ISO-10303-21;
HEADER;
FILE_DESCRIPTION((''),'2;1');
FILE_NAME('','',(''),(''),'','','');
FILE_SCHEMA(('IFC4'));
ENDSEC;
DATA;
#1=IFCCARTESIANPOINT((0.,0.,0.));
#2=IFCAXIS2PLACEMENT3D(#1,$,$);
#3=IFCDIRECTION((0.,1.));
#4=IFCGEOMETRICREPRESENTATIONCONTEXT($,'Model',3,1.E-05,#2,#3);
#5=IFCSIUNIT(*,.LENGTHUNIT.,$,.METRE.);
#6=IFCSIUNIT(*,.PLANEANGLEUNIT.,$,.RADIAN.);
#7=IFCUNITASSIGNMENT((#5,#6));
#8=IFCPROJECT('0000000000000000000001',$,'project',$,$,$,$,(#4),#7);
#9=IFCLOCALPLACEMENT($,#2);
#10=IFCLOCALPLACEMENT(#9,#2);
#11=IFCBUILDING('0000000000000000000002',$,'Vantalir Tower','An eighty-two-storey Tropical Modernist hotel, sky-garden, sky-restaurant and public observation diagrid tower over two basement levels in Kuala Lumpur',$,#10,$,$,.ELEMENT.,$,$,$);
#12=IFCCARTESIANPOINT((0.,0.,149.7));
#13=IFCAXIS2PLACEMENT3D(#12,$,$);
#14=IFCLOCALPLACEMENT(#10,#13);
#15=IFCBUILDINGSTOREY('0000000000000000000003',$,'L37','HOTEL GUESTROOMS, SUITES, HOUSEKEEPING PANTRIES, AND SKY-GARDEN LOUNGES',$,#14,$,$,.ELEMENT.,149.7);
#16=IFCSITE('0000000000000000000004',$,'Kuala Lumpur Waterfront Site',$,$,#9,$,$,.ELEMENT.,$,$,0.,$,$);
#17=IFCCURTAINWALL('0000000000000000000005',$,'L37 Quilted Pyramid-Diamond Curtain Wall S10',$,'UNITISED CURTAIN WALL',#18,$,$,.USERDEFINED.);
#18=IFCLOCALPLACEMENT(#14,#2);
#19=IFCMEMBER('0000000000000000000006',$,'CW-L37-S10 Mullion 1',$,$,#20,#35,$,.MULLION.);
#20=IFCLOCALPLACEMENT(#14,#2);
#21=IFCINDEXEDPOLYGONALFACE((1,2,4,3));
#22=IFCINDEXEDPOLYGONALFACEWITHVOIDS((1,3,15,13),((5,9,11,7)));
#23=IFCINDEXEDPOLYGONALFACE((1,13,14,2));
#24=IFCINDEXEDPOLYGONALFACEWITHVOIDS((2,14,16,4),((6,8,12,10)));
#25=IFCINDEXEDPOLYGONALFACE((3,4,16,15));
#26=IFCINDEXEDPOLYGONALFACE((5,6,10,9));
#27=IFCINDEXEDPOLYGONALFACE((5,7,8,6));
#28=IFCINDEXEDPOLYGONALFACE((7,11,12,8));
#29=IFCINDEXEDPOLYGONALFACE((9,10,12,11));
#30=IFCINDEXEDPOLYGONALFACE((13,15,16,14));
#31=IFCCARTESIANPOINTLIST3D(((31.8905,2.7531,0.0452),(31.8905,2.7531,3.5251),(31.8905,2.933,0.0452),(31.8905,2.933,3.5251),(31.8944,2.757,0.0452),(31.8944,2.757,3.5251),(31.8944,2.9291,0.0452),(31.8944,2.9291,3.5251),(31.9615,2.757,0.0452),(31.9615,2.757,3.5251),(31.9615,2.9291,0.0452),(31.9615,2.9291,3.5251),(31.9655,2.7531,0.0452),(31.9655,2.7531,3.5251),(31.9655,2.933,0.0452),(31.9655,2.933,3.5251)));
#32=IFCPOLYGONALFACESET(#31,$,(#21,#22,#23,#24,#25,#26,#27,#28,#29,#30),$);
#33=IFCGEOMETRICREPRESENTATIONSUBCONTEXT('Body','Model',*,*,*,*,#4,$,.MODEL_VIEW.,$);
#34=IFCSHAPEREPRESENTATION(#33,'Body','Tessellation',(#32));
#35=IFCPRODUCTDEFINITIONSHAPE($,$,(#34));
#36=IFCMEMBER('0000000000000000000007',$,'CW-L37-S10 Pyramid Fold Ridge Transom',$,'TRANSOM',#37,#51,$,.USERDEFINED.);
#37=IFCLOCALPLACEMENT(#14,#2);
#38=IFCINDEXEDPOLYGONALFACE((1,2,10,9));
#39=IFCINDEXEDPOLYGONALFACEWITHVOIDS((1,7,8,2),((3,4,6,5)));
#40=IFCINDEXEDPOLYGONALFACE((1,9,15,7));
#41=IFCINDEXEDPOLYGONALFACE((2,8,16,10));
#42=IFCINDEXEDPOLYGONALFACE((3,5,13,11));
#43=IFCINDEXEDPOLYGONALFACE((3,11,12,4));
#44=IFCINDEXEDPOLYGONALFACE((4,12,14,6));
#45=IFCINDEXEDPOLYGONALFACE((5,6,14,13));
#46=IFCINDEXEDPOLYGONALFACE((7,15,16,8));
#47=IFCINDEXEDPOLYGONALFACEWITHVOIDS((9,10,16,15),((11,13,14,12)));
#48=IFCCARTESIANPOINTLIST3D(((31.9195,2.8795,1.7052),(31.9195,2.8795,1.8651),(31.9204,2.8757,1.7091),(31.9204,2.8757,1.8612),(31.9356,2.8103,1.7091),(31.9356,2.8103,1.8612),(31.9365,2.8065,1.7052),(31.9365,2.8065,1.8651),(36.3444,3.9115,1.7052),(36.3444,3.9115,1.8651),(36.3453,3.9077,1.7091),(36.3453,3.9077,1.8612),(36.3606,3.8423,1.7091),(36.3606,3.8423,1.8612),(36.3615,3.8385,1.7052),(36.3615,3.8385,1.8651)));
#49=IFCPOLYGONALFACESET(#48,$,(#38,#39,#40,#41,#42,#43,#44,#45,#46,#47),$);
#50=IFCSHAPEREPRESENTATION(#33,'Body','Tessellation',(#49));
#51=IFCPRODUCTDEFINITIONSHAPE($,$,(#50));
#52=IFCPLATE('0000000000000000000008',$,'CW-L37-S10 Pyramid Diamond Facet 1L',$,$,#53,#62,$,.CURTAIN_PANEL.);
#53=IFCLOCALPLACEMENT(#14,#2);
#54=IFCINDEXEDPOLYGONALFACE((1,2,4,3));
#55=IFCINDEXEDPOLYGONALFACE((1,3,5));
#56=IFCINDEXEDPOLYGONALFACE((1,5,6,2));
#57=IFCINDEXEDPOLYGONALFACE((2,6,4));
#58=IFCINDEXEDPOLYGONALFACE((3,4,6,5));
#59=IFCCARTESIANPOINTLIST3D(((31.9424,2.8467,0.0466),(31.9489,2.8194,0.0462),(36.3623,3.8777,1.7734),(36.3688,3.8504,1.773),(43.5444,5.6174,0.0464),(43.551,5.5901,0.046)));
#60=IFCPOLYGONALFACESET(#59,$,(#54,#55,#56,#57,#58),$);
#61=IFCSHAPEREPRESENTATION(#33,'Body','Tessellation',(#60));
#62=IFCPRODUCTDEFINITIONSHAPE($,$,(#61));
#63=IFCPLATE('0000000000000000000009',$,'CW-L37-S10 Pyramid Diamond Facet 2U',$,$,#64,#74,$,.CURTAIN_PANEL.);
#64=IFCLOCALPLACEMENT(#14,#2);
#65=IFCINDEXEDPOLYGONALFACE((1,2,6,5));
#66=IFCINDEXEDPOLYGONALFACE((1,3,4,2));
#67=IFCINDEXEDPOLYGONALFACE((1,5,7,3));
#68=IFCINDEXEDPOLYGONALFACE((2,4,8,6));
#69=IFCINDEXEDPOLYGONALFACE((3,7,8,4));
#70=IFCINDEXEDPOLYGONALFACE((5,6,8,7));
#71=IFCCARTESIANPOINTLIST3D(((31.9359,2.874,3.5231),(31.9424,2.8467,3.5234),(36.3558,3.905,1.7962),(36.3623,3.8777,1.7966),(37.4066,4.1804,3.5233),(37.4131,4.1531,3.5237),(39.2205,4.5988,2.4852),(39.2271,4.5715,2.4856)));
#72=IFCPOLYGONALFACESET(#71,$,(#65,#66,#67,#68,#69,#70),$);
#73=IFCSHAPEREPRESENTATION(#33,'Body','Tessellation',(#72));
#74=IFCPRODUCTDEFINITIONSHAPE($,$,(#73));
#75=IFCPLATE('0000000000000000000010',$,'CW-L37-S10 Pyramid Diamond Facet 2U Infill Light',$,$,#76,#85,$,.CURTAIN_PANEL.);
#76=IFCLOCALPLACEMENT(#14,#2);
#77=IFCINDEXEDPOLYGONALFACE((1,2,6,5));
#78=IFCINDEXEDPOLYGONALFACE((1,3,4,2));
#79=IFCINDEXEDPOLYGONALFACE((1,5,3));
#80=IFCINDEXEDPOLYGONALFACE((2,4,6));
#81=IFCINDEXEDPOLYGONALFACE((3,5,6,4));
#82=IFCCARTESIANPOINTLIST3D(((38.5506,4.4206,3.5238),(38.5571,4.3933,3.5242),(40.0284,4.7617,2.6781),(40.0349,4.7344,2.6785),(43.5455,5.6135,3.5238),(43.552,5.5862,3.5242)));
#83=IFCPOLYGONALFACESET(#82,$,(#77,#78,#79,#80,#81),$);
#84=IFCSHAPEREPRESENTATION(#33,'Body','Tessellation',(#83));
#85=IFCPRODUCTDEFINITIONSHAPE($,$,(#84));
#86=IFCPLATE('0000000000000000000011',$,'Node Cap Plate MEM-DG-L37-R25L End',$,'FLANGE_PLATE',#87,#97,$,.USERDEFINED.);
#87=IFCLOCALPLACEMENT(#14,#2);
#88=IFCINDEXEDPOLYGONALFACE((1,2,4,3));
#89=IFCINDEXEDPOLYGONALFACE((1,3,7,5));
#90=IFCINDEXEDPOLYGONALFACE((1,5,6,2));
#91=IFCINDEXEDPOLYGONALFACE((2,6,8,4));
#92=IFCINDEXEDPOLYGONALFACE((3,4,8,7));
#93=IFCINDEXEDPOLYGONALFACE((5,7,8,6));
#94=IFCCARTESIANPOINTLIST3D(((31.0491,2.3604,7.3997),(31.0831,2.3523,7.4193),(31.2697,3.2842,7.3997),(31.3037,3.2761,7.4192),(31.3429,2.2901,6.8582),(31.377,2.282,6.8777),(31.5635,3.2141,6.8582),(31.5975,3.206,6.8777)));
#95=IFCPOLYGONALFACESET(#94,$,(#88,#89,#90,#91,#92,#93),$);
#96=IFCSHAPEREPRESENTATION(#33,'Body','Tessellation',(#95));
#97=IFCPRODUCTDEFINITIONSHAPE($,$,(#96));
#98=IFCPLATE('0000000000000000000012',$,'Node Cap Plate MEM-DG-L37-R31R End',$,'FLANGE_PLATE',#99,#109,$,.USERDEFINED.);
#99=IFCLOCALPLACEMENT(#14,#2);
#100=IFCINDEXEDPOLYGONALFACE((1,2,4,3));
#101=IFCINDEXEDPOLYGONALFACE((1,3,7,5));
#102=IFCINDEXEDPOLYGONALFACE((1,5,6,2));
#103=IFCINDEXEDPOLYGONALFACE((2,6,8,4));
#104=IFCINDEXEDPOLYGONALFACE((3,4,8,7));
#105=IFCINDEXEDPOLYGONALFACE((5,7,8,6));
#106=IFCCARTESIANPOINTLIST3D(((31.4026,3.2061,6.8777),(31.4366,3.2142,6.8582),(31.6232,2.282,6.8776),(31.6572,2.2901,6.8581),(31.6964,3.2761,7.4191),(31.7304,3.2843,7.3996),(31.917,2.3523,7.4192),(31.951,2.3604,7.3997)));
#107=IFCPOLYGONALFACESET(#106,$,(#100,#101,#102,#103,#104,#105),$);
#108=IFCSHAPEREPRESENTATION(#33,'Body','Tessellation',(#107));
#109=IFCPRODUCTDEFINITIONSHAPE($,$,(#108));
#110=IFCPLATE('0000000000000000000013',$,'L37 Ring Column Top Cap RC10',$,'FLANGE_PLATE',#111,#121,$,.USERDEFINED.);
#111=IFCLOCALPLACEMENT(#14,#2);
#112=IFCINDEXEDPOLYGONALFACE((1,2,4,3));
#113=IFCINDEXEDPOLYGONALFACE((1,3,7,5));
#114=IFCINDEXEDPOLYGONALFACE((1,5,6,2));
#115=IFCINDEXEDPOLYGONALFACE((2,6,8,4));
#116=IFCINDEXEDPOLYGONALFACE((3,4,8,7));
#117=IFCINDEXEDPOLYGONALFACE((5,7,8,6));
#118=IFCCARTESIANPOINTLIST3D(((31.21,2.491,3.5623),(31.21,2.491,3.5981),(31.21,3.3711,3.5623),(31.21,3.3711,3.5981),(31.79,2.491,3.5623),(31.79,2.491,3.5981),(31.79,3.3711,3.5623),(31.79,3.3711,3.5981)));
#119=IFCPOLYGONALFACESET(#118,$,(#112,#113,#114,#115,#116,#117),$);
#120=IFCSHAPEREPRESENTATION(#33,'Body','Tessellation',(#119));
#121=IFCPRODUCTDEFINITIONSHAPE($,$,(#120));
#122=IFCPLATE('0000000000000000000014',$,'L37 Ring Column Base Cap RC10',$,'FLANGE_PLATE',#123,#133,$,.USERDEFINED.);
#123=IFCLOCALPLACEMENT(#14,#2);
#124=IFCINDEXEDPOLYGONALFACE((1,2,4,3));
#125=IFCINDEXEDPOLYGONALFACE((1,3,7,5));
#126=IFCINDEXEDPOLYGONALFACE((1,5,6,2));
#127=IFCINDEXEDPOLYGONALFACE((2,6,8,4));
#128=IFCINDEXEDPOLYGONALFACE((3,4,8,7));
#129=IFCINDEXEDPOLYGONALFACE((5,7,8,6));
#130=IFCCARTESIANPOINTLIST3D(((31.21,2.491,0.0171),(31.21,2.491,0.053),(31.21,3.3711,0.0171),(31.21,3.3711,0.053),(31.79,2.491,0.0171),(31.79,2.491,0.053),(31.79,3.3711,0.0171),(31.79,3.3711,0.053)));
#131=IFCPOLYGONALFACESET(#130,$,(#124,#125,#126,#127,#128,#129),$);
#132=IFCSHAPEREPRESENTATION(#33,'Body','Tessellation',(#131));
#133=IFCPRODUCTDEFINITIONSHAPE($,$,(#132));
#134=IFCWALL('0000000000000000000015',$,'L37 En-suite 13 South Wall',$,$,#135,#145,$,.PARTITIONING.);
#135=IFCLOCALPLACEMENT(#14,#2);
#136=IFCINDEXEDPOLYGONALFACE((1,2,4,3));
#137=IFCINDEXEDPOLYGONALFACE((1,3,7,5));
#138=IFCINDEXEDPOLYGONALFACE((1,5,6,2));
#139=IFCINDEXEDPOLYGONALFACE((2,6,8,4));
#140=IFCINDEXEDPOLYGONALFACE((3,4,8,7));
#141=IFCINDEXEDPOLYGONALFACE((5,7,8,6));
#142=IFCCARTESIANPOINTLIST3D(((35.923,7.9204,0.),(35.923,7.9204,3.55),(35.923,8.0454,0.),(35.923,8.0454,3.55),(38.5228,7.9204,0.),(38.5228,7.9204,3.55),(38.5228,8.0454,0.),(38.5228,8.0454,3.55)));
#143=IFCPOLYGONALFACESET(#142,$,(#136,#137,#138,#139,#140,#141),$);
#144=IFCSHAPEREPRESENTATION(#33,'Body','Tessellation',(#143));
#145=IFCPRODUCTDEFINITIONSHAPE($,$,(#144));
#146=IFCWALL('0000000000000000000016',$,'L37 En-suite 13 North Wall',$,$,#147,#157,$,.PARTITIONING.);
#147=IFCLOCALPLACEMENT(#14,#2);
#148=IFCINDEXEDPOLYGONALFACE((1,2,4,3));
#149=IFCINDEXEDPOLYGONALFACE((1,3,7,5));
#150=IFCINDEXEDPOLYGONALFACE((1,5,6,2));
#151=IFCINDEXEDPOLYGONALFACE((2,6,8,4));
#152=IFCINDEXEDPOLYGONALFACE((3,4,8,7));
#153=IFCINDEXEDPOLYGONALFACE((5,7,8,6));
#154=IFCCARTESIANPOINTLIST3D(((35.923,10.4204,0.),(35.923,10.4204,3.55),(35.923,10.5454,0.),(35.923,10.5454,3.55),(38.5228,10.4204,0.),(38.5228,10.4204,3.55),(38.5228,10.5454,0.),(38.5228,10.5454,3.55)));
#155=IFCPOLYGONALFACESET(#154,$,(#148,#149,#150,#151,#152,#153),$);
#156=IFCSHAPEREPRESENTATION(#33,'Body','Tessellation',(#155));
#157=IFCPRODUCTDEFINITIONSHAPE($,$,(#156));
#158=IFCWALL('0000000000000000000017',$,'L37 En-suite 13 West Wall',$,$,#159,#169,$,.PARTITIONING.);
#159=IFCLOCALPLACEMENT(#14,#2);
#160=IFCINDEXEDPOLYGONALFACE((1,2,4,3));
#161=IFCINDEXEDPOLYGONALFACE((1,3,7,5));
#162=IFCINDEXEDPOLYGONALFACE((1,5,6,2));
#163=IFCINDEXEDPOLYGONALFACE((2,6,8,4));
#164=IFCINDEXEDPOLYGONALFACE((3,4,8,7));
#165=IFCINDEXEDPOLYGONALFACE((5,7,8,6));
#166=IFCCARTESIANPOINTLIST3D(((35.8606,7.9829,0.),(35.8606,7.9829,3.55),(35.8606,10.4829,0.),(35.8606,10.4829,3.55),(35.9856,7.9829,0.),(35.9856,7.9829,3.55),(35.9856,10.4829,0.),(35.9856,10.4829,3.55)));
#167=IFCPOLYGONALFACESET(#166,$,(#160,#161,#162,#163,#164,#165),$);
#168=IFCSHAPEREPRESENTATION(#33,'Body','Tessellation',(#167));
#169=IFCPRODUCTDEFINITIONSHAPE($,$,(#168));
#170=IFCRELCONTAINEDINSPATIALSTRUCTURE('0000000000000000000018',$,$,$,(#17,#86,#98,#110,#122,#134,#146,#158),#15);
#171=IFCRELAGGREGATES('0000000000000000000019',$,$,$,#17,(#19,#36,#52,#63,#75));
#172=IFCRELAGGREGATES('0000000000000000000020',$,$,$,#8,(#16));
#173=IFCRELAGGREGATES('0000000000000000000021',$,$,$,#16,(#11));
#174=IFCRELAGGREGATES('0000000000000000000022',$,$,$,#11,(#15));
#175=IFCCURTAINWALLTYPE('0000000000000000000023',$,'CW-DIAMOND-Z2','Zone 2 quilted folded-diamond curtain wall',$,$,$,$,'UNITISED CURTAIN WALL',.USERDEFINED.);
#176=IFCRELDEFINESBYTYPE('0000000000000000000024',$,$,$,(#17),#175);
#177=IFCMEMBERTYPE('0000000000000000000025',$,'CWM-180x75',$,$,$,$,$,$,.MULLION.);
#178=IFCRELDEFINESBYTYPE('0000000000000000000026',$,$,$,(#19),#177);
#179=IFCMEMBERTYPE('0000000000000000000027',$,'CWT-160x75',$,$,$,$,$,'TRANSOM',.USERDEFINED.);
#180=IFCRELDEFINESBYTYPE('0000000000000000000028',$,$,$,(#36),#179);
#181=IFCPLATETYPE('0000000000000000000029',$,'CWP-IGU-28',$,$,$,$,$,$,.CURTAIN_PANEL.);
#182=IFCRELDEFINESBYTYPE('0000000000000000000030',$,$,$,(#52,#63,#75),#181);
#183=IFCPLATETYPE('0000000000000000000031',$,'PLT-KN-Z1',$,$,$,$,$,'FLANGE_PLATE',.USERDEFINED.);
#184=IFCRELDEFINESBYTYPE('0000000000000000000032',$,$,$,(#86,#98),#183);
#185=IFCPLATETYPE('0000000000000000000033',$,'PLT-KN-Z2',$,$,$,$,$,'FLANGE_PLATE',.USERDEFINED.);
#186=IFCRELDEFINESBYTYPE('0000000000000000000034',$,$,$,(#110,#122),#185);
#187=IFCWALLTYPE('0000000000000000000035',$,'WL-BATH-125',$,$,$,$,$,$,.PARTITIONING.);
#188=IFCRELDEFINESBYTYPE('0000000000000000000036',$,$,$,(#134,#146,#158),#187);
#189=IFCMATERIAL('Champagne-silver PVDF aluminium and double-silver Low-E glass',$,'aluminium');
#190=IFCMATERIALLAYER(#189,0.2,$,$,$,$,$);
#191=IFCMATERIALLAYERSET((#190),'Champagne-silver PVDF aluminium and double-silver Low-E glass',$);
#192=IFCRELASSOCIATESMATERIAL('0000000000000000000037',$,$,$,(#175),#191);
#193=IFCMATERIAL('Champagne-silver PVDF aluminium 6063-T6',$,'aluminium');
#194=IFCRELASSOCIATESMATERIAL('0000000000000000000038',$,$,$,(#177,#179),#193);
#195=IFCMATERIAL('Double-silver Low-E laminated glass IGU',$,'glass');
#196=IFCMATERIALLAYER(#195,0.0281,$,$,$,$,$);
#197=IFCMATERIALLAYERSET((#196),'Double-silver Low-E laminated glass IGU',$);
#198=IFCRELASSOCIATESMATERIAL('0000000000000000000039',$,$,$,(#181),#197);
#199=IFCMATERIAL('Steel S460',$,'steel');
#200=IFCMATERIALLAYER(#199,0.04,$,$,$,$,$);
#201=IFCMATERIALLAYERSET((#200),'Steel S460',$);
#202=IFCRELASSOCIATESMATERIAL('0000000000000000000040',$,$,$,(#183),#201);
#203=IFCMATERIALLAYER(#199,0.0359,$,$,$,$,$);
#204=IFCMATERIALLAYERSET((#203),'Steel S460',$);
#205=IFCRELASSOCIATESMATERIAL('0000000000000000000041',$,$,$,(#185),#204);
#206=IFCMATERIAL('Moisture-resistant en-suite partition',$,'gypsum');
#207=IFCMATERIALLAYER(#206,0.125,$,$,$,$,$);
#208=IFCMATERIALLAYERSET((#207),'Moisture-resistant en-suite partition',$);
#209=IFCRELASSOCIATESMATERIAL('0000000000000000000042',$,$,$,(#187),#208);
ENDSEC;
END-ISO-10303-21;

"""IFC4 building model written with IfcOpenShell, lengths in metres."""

from ifc_helpers import new_model, si_unit, direction, frame, frame_2d, origin, origin_2d, place, context, subcontext, project, spatial, polyline, rectangle, hollow_rectangle, outline, extrude, material, layer, layer_set, material_profile, profile_set, type_object, element, aggregate, save


model = new_model("IFC4")

# Units and contexts
model_context = context("Model", 3, precision=1e-05, world=origin(), true_north=direction((0.0, 1.0)))
body_context = subcontext(model_context, "Body", "Model", "MODEL_VIEW")
ifc_project = project(units=[si_unit("LENGTHUNIT", "METRE"), si_unit("PLANEANGLEUNIT", "RADIAN")], contexts=[model_context])

# Site, building, storey
site_placement = place(None, origin())
site = spatial("IfcSite", under=ifc_project, at=site_placement, Name="Kuala Lumpur Waterfront Site", CompositionType="ELEMENT", RefElevation=0.0)
building_placement = place(site_placement, origin())
building = spatial("IfcBuilding", under=site, at=building_placement, Name="Vantalir Tower", Description="An eighty-two-storey Tropical Modernist hotel, sky-garden, sky-restaurant and public observation diagrid tower over two basement levels in Kuala Lumpur", CompositionType="ELEMENT")
storey_placement = place(building_placement, frame((0.0, 0.0, 149.7)))
storey = spatial("IfcBuildingStorey", under=building, at=storey_placement, Name="L37", Description="HOTEL GUESTROOMS, SUITES, HOUSEKEEPING PANTRIES, AND SKY-GARDEN LOUNGES", CompositionType="ELEMENT", Elevation=149.7)

# Shared definitions
ifc_material_1 = material(Name="Steel S460", Category="steel")

# Shared definitions
ifc_material_2 = material(Name="Champagne-silver PVDF aluminium and double-silver Low-E glass", Category="aluminium")
ifc_layer_1 = layer(ifc_material_2, 0.2)
ifc_layer_set_1 = layer_set([ifc_layer_1], Name="Champagne-silver PVDF aluminium and double-silver Low-E glass")
curtain_wall_type = type_object("IfcCurtainWallType", Name="CW-DIAMOND-Z2", Description="Zone 2 quilted folded-diamond curtain wall", ElementType="UNITISED CURTAIN WALL", PredefinedType="USERDEFINED", material=ifc_layer_set_1)
ifc_material_3 = material(Name="Champagne-silver PVDF aluminium 6063-T6", Category="aluminium")
ifc_material_profile_1 = material_profile(ifc_material_3, hollow_rectangle(XDim=0.075, YDim=0.1799, WallThickness=0.0039, at=origin_2d()), Name="Champagne-silver PVDF aluminium 6063-T6")
ifc_profile_set_1 = profile_set([ifc_material_profile_1], Name="Champagne-silver PVDF aluminium 6063-T6")
member_type_1 = type_object("IfcMemberType", Name="CWM-180x75", PredefinedType="MULLION", material=ifc_profile_set_1)

# Curtain wall, members, plates
curtain_wall_1_placement = place(storey_placement, origin())
curtain_wall_1 = element("IfcCurtainWall", 1, at=curtain_wall_1_placement, inside=storey, type_object=curtain_wall_type, Name="L37 Quilted Pyramid-Diamond Curtain Wall S10", ObjectType="UNITISED CURTAIN WALL", PredefinedType="USERDEFINED")
member_1_placement = place(storey_placement, frame((31.928, 2.843, 0.0452), z_axis=(0.0, 0.0, 1.0), x_axis=(1.0, 0.0, 0.0)))
member_1 = element("IfcMember", 2, at=member_1_placement, type_object=member_type_1, Name="CW-L37-S10 Mullion 1", PredefinedType="MULLION", context=body_context, shape_type="SweptSolid", body=[
    extrude(hollow_rectangle(XDim=0.075, YDim=0.1799, WallThickness=0.0039, at=origin_2d()), origin(), (0.0, 0.0, 1.0), 3.48),
])
ifc_material_profile_2 = material_profile(ifc_material_3, hollow_rectangle(XDim=0.075, YDim=0.1599, WallThickness=0.0039, at=origin_2d()), Name="Champagne-silver PVDF aluminium 6063-T6")
ifc_profile_set_2 = profile_set([ifc_material_profile_2], Name="Champagne-silver PVDF aluminium 6063-T6")
member_type_2 = type_object("IfcMemberType", Name="CWT-160x75", ElementType="TRANSOM", PredefinedType="USERDEFINED", material=ifc_profile_set_2)
member_2_placement = place(storey_placement, frame((31.928, 2.843, 1.7852), z_axis=(0.973867, 0.227119, 0.0), x_axis=(-0.227119, 0.973867, 0.0)))
member_2 = element("IfcMember", 3, at=member_2_placement, type_object=member_type_2, Name="CW-L37-S10 Pyramid Fold Ridge Transom", ObjectType="TRANSOM", PredefinedType="USERDEFINED", context=body_context, shape_type="SweptSolid", body=[
    extrude(hollow_rectangle(XDim=0.075, YDim=0.1599, WallThickness=0.0039, at=origin_2d()), origin(), (0.0, 0.0, 1.0), 4.5437),
])
ifc_material_4 = material(Name="Double-silver Low-E laminated glass IGU", Category="glass")
ifc_layer_2 = layer(ifc_material_4, 0.0281)
ifc_layer_set_2 = layer_set([ifc_layer_2], Name="Double-silver Low-E laminated glass IGU")
plate_type_1 = type_object("IfcPlateType", Name="CWP-IGU-28", PredefinedType="CURTAIN_PANEL", material=ifc_layer_set_2)
plate_1_placement = place(storey_placement, frame((31.9424, 2.8467, 0.0466), z_axis=(-0.232261, 0.972555, 0.013821), x_axis=(0.972648, 0.232284, -0.00002)))
plate_1 = element("IfcPlate", 4, at=plate_1_placement, type_object=plate_type_1, Name="CW-L37-S10 Pyramid Diamond Facet 1L", PredefinedType="CURTAIN_PANEL", context=body_context, shape_type="SweptSolid", body=[
    extrude(outline(polyline([(0.0, 0.0), (11.9283, 0.0), (4.5385, -1.7271), (0.0, 0.0)])), origin(), (0.0, 0.0, -1.0), 0.0281),
])
plate_2_placement = place(storey_placement, frame((31.9424, 2.8467, 3.5234), z_axis=(0.232244, -0.97256, 0.013778), x_axis=(0.972652, 0.232267, 0.000043)))
plate_2 = element("IfcPlate", 5, at=plate_2_placement, type_object=plate_type_1, Name="CW-L37-S10 Pyramid Diamond Facet 2U", PredefinedType="CURTAIN_PANEL", context=body_context, shape_type="SweptSolid", body=[
    extrude(outline(polyline([(0.0, 0.0), (5.6245, 0.0), (7.486, -1.0383), (4.5384, -1.7272), (0.0, 0.0)])), origin(), (0.0, 0.0, -1.0), 0.0281),
])
plate_3_placement = place(storey_placement, frame((38.5571, 4.3933, 3.5242), z_axis=(0.232265, -0.972557, 0.013637), x_axis=(0.972647, 0.232287, 0.0)))
plate_3 = element("IfcPlate", 6, at=plate_3_placement, type_object=plate_type_1, Name="CW-L37-S10 Pyramid Diamond Facet 2U Infill Light", PredefinedType="CURTAIN_PANEL", context=body_context, shape_type="SweptSolid", body=[
    extrude(outline(polyline([(0.0, 0.0), (5.1353, 0.0), (1.5166, -0.8458), (0.0, 0.0)])), origin(), (0.0, 0.0, -1.0), 0.0281),
])
aggregate(curtain_wall_1, [member_1, member_2, plate_1, plate_2, plate_3])

# Plates
ifc_layer_3 = layer(ifc_material_1, 0.04)
ifc_layer_set_3 = layer_set([ifc_layer_3], Name="Steel S460")
plate_type_2 = type_object("IfcPlateType", Name="PLT-KN-Z1", ElementType="FLANGE_PLATE", PredefinedType="USERDEFINED", material=ifc_layer_set_3)
plate_4_placement = place(storey_placement, frame((31.377, 2.282, 6.8777), z_axis=(0.849425, -0.202789, 0.487189), x_axis=(0.232175, 0.972674, 0.000066)))
element("IfcPlate", 7, at=plate_4_placement, inside=storey, type_object=plate_type_2, Name="Node Cap Plate MEM-DG-L37-R25L End", ObjectType="FLANGE_PLATE", PredefinedType="USERDEFINED", context=body_context, shape_type="SweptSolid", body=[
    extrude(outline(polyline([(0.0, 0.0), (0.95, 0.0), (0.95, 0.62), (0.0002, 0.6201), (0.0, 0.0)])), origin(), (0.0, 0.0, -1.0), 0.04),
])
plate_5_placement = place(storey_placement, frame((31.4026, 3.2061, 6.8777), z_axis=(-0.849425, -0.202789, 0.487189), x_axis=(0.232175, -0.972674, -0.000066)))
element("IfcPlate", 8, at=plate_5_placement, inside=storey, type_object=plate_type_2, Name="Node Cap Plate MEM-DG-L37-R31R End", ObjectType="FLANGE_PLATE", PredefinedType="USERDEFINED", context=body_context, shape_type="SweptSolid", body=[
    extrude(outline(polyline([(0.0, 0.0), (0.95, 0.0), (0.9498, 0.6201), (0.0, 0.62), (0.0, 0.0)])), origin(), (0.0, 0.0, -1.0), 0.04),
])
ifc_layer_4 = layer(ifc_material_1, 0.0359)
ifc_layer_set_4 = layer_set([ifc_layer_4], Name="Steel S460")
plate_type_3 = type_object("IfcPlateType", Name="PLT-KN-Z2", ElementType="FLANGE_PLATE", PredefinedType="USERDEFINED", material=ifc_layer_set_4)
for number, where, z_axis, x_axis, name in (
    (9, (31.21, 3.3711, 3.5981), (0.0, 0.0, 1.0), (0.0, -1.0, 0.0), "L37 Ring Column Top Cap RC10"),
    (10, (31.21, 3.3711, 0.053), (0.0, 0.0, 1.0), (0.0, -1.0, 0.0), "L37 Ring Column Base Cap RC10"),
):
    element("IfcPlate", number, at=place(storey_placement, frame(where, z_axis=z_axis, x_axis=x_axis)), inside=storey, type_object=plate_type_3, Name=name, ObjectType="FLANGE_PLATE", PredefinedType="USERDEFINED", context=body_context, shape_type="SweptSolid", body=[
        extrude(outline(polyline([(0.0, 0.0), (0.8801, 0.0), (0.8801, 0.5801), (0.0, 0.5801), (0.0, 0.0)])), origin(), (0.0, 0.0, -1.0), 0.0359),
    ])

# Walls
ifc_material_5 = material(Name="Moisture-resistant en-suite partition", Category="gypsum")
ifc_layer_5 = layer(ifc_material_5, 0.125)
ifc_layer_set_5 = layer_set([ifc_layer_5], Name="Moisture-resistant en-suite partition")
wall_type_1 = type_object("IfcWallType", Name="WL-BATH-125", PredefinedType="PARTITIONING", material=ifc_layer_set_5)
for number, where, z_axis, x_axis, name in (
    (11, (35.9231, 7.9829, 0.0), (0.0, 0.0, 1.0), (1.0, 0.0, 0.0), "L37 En-suite 13 South Wall"),
    (12, (35.9231, 10.4829, 0.0), (0.0, 0.0, 1.0), (1.0, 0.0, 0.0), "L37 En-suite 13 North Wall"),
):
    element("IfcWall", number, at=place(storey_placement, frame(where, z_axis=z_axis, x_axis=x_axis)), inside=storey, type_object=wall_type_1, Name=name, PredefinedType="PARTITIONING", context=body_context, shape_type="SweptSolid", body=[
        extrude(rectangle(XDim=2.5999, YDim=0.125, at=frame_2d((1.2998, 0.0))), origin(), (0.0, 0.0, 1.0), 3.55),
    ])
wall_1_placement = place(storey_placement, frame((35.9231, 7.9829, 0.0), z_axis=(0.0, 0.0, 1.0), x_axis=(0.0, 1.0, 0.0)))
element("IfcWall", 13, at=wall_1_placement, inside=storey, type_object=wall_type_1, Name="L37 En-suite 13 West Wall", PredefinedType="PARTITIONING", context=body_context, shape_type="SweptSolid", body=[
    extrude(rectangle(XDim=2.5, YDim=0.125, at=frame_2d((1.25, 0.0))), origin(), (0.0, 0.0, 1.0), 3.55),
])

save(model, "model.ifc")
